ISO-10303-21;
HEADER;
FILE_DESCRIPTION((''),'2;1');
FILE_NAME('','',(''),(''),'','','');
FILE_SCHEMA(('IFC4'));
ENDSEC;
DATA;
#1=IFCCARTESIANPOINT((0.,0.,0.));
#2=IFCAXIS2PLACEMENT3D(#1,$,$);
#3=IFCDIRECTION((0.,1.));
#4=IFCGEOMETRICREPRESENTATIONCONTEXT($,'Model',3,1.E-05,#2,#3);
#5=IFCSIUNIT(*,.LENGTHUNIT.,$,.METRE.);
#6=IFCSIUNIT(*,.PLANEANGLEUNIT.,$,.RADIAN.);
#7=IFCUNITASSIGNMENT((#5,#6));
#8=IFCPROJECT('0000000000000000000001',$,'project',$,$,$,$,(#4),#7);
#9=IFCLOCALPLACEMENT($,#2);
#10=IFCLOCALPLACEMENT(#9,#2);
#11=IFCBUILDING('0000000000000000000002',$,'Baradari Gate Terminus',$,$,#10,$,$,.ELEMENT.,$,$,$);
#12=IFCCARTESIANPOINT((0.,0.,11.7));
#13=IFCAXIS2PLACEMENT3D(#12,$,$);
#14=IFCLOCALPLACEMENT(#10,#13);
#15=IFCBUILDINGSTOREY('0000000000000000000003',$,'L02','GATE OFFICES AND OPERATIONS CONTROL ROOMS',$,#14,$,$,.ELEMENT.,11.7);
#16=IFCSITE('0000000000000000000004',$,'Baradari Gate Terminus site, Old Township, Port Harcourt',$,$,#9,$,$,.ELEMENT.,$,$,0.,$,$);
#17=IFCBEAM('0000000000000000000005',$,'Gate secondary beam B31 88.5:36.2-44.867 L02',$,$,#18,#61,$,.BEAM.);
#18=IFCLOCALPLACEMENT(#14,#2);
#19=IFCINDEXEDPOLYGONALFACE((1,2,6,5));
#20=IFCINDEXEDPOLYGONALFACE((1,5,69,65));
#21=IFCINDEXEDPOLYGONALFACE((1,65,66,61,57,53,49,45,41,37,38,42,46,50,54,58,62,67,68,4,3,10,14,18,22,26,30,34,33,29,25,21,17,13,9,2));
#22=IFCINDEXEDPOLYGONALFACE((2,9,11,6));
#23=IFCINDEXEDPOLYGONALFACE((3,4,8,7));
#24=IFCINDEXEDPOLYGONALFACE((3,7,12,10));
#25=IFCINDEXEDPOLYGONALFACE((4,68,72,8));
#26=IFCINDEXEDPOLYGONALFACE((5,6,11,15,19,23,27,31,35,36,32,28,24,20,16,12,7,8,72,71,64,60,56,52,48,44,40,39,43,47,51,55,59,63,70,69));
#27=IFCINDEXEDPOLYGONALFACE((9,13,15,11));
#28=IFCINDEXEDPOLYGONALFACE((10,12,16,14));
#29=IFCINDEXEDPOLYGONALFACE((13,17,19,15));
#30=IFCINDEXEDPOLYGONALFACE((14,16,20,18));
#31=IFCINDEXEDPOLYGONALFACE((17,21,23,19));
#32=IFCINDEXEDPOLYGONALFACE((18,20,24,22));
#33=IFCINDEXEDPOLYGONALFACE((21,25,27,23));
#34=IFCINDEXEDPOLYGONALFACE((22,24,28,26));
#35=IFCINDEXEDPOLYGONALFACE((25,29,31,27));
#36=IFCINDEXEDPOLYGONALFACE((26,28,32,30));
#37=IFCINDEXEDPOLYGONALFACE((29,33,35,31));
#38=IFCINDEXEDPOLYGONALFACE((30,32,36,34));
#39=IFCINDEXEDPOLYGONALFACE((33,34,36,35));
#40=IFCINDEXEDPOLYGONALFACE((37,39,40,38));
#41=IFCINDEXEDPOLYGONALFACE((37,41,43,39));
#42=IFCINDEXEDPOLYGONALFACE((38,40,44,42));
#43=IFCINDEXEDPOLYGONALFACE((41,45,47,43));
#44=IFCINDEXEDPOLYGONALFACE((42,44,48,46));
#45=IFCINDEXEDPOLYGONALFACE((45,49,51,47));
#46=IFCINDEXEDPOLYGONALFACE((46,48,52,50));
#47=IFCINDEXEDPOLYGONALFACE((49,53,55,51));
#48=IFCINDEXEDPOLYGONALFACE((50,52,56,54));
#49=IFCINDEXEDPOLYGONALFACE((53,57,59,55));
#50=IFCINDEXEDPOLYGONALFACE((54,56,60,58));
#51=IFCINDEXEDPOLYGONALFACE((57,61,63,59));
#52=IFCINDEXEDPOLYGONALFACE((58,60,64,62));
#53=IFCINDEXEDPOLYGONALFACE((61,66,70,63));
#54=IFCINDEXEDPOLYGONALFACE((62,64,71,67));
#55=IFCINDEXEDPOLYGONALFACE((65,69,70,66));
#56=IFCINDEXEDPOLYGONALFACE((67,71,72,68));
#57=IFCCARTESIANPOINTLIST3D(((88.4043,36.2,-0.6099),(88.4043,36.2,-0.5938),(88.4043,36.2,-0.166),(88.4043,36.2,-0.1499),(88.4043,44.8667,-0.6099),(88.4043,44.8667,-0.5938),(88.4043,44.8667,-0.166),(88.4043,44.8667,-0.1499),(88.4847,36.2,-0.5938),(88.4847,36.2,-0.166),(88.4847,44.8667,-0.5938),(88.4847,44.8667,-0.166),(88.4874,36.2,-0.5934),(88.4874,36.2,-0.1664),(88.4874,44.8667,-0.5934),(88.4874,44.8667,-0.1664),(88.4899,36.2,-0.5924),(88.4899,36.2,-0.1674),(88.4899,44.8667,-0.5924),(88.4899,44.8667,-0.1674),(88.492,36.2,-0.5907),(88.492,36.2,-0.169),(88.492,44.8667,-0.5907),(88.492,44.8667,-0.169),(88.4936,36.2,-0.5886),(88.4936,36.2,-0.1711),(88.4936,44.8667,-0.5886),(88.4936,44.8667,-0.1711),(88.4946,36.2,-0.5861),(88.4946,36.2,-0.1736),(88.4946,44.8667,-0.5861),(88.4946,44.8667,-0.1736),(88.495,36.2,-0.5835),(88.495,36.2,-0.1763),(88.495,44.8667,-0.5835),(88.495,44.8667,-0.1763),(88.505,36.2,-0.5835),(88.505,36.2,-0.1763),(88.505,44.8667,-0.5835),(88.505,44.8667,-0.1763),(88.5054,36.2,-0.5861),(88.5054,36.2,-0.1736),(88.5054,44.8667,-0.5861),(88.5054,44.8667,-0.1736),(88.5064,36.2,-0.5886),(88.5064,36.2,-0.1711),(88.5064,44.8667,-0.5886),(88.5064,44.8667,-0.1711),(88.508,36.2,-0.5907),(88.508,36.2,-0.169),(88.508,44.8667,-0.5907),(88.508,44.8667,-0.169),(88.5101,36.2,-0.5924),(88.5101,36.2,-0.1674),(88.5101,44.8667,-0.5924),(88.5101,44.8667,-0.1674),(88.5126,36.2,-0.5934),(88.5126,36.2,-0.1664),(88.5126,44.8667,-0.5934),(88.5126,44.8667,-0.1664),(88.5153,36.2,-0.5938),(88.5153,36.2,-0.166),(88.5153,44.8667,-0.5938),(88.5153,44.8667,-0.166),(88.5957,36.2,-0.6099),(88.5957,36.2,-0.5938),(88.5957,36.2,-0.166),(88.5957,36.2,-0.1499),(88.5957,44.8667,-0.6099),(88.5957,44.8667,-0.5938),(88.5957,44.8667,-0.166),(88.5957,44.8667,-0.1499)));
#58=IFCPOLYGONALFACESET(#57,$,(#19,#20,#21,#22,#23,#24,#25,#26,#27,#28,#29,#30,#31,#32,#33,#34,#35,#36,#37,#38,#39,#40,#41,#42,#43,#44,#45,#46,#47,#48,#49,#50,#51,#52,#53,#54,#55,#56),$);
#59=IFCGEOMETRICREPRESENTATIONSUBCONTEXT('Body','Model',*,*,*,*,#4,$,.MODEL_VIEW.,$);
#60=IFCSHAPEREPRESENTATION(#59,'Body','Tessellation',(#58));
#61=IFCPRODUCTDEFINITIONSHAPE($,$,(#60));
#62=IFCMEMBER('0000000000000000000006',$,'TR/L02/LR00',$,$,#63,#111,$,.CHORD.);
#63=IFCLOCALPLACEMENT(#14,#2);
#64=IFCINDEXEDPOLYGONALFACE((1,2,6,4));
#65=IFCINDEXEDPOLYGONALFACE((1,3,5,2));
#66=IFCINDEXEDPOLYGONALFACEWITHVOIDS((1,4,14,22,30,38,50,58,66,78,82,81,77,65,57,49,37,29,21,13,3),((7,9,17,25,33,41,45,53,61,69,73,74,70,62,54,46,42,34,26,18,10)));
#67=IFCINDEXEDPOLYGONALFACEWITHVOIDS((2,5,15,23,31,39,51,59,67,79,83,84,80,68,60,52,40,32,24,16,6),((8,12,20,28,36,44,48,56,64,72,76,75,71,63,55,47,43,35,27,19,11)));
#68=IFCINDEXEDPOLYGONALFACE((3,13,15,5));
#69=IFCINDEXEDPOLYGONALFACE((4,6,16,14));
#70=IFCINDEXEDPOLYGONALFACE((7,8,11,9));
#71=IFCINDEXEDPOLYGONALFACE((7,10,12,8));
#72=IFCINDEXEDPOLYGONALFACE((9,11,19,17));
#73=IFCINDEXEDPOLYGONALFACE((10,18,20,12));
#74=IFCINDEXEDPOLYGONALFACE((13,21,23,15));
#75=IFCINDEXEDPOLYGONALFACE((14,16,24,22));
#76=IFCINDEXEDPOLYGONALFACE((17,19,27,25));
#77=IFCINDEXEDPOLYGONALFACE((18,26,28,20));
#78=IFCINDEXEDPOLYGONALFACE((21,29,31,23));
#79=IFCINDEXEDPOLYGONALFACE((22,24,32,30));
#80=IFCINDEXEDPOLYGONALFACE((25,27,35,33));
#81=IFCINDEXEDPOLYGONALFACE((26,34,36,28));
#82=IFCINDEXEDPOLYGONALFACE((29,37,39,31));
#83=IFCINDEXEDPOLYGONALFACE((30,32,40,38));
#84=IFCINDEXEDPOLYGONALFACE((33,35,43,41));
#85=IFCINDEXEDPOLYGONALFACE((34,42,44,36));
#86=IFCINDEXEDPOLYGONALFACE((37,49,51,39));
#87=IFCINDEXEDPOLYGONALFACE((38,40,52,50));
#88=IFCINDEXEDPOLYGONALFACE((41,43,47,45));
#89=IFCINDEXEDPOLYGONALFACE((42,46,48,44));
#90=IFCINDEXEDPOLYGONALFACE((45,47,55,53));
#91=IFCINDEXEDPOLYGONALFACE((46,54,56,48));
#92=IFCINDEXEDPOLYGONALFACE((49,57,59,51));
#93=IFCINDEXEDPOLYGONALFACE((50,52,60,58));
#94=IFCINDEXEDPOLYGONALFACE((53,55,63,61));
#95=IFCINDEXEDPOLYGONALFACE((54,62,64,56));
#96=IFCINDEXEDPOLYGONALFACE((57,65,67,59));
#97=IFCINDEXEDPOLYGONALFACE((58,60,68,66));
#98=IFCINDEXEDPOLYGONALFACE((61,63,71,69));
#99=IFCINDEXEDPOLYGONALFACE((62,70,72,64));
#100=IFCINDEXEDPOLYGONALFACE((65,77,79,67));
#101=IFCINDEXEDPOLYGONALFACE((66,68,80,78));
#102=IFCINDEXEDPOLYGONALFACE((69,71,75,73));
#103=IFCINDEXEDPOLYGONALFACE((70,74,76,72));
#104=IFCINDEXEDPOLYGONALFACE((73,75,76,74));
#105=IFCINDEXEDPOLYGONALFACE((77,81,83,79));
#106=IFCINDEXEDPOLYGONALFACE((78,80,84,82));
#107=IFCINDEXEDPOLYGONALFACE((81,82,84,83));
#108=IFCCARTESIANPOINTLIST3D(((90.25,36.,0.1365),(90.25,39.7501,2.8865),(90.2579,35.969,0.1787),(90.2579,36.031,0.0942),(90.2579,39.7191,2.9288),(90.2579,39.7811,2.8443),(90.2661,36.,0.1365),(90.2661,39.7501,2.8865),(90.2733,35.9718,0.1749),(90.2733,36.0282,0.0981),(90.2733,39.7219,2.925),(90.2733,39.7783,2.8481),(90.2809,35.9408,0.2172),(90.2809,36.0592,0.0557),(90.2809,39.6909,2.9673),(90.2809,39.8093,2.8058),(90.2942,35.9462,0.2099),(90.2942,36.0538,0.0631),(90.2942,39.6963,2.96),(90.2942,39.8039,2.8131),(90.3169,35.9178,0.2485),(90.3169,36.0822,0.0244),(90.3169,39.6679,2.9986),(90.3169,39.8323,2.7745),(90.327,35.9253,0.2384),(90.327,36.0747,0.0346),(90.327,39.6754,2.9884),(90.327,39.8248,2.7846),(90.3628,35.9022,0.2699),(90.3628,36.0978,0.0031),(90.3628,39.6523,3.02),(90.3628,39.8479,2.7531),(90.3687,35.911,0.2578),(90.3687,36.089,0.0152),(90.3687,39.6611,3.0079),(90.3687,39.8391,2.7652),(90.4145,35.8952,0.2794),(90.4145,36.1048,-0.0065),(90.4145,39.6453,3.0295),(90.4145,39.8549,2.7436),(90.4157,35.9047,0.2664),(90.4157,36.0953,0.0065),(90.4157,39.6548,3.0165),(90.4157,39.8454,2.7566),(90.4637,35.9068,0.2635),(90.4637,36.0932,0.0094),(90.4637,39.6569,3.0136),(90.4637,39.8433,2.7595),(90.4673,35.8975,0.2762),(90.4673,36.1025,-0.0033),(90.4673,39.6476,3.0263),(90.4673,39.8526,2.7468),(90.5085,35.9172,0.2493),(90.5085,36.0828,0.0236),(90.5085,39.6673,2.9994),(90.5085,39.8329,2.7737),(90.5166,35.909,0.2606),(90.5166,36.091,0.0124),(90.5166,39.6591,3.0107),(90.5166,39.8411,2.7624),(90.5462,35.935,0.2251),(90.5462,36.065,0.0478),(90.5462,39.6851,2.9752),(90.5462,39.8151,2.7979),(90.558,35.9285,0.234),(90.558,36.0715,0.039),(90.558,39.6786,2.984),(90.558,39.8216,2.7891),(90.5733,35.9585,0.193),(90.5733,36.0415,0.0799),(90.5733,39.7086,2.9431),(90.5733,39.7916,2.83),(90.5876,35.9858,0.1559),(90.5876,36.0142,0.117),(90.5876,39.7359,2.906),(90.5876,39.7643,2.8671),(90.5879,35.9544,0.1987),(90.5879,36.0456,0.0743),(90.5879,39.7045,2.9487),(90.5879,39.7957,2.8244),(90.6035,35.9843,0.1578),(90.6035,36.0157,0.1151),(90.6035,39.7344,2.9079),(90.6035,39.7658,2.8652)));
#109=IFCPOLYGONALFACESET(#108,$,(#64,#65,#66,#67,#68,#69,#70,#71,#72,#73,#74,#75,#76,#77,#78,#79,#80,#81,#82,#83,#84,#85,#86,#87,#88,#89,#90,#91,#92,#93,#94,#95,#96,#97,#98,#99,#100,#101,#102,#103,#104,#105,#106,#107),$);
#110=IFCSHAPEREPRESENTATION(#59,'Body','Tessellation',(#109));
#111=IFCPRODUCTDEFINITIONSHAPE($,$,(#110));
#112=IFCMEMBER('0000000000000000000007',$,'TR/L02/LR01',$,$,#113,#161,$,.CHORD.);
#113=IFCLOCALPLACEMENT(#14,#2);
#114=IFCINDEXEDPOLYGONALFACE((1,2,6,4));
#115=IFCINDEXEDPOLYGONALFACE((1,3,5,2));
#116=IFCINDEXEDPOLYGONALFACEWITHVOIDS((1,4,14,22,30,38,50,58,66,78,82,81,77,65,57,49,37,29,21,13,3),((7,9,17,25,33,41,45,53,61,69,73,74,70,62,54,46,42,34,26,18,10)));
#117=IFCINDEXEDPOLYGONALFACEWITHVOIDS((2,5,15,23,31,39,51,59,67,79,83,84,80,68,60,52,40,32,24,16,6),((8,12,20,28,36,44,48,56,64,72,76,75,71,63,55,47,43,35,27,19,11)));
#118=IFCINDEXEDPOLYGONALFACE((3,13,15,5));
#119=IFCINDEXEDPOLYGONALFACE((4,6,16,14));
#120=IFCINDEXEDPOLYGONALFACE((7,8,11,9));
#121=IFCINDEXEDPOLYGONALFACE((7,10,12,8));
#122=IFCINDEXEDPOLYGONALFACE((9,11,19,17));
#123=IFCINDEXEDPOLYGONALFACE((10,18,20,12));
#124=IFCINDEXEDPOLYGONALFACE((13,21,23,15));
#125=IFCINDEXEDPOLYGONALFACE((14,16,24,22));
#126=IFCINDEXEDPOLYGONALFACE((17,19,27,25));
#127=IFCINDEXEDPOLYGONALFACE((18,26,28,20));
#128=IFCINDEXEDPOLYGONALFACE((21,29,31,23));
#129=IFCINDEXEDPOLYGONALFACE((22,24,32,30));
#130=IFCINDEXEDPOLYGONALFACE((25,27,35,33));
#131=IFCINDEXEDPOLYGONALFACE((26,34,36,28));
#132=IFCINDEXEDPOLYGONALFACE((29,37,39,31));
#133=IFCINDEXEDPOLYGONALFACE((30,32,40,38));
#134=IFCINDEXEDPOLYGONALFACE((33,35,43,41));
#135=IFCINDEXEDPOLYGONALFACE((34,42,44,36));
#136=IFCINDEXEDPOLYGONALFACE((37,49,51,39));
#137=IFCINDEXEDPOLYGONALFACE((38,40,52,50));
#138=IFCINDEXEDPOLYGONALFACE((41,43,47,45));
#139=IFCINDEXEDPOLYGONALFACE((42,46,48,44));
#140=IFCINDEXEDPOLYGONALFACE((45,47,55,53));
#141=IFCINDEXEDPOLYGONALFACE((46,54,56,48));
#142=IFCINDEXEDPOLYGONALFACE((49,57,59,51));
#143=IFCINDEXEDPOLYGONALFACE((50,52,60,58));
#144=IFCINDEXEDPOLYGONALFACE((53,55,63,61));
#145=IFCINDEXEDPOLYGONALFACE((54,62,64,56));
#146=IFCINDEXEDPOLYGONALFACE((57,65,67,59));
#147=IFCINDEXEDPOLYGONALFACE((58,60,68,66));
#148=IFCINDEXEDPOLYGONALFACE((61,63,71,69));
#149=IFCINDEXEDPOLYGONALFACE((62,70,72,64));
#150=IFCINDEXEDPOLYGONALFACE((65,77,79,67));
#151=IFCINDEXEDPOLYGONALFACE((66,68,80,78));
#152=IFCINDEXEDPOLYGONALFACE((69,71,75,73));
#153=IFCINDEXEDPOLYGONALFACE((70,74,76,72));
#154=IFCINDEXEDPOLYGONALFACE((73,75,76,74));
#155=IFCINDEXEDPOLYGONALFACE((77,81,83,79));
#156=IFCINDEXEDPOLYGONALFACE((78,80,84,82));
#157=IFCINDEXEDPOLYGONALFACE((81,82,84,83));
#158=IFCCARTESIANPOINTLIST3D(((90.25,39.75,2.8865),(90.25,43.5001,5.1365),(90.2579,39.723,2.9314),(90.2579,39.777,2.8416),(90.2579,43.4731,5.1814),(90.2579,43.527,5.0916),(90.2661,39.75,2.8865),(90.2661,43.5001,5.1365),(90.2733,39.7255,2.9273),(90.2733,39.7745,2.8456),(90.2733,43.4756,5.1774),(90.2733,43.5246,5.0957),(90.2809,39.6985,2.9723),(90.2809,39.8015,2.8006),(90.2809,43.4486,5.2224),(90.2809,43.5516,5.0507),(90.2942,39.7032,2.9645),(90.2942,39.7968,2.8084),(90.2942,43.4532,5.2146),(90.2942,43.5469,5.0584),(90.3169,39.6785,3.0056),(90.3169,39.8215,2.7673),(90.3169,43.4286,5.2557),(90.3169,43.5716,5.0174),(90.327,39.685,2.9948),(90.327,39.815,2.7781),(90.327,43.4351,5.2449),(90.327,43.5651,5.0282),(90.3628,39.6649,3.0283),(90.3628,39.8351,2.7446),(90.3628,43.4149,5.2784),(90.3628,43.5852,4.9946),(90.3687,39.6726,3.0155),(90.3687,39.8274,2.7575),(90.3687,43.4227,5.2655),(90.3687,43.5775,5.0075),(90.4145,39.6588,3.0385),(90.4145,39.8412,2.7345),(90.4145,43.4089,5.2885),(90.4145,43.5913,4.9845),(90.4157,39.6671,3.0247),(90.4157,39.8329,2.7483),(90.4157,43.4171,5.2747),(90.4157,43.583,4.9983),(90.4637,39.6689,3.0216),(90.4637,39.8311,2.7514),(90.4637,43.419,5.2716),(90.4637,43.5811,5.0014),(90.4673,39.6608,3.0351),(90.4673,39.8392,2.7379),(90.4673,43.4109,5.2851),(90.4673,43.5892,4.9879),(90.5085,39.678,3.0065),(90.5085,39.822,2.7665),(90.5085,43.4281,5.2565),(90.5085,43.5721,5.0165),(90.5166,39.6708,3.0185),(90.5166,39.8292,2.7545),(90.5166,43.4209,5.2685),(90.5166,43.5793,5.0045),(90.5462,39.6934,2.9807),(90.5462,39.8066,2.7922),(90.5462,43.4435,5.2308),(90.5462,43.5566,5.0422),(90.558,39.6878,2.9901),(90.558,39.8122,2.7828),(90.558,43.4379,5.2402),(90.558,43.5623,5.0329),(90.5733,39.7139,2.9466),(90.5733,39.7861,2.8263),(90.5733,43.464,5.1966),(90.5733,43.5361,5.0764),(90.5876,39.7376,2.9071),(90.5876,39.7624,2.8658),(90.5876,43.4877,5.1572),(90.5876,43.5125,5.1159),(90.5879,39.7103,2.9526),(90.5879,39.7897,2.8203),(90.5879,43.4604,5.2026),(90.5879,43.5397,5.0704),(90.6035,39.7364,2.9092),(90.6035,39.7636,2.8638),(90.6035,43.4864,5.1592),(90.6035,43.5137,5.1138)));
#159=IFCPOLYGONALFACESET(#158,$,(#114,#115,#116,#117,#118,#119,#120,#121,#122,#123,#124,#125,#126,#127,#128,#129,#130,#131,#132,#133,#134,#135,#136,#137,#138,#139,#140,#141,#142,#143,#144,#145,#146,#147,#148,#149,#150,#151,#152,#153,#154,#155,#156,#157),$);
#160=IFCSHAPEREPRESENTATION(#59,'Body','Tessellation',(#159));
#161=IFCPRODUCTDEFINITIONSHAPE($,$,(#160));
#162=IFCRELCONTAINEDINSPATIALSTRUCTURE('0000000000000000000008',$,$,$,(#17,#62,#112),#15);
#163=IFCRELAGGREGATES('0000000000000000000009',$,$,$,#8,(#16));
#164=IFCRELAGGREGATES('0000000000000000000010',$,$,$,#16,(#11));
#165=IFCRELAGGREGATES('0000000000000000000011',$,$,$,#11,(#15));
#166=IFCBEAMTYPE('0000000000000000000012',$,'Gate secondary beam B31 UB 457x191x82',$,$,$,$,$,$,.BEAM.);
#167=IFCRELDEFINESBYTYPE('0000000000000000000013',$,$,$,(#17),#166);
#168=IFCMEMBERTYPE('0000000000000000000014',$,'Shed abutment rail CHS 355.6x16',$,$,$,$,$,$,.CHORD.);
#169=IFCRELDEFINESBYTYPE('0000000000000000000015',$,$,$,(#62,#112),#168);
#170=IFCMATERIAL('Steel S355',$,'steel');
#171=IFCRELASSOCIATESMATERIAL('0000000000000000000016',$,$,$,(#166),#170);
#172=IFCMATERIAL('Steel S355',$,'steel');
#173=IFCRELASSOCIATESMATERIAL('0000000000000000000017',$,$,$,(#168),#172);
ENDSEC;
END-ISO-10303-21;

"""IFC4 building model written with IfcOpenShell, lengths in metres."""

from ifc_helpers import new_model, si_unit, direction, frame, origin, origin_2d, place, context, subcontext, project, spatial, hollow_circle, i_section, extrude, material, material_profile, profile_set, type_object, element, save


model = new_model("IFC4")

# Units and contexts
model_context = context("Model", 3, precision=1e-05, world=origin(), true_north=direction((0.0, 1.0)))
body_context = subcontext(model_context, "Body", "Model", "MODEL_VIEW")
ifc_project = project(units=[si_unit("LENGTHUNIT", "METRE"), si_unit("PLANEANGLEUNIT", "RADIAN")], contexts=[model_context])

# Site, building, storey
site_placement = place(None, origin())
site = spatial("IfcSite", under=ifc_project, at=site_placement, Name="Baradari Gate Terminus site, Old Township, Port Harcourt", CompositionType="ELEMENT", RefElevation=0.0)
building_placement = place(site_placement, origin())
building = spatial("IfcBuilding", under=site, at=building_placement, Name="Baradari Gate Terminus", CompositionType="ELEMENT")
storey_placement = place(building_placement, frame((0.0, 0.0, 11.7)))
storey = spatial("IfcBuildingStorey", under=building, at=storey_placement, Name="L02", Description="GATE OFFICES AND OPERATIONS CONTROL ROOMS", CompositionType="ELEMENT", Elevation=11.7)

# Beam
ifc_material_1 = material(Name="Steel S355", Category="steel")
ifc_material_profile_1 = material_profile(ifc_material_1, i_section(OverallWidth=0.1914, OverallDepth=0.46, WebThickness=0.01, FlangeThickness=0.0161, FilletRadius=0.0103, at=origin_2d()), Name="UB 457x191x82")
ifc_profile_set_1 = profile_set([ifc_material_profile_1], Name="Steel S355")
beam_type = type_object("IfcBeamType", Name="Gate secondary beam B31 UB 457x191x82", PredefinedType="BEAM", material=ifc_profile_set_1)
for number, where, z_axis, x_axis, name in (
    (1, (88.5, 36.2, -0.3799), (0.0, 1.0, 0.0), (-1.0, 0.0, 0.0), "Gate secondary beam B31 88.5:36.2-44.867 L02"),
):
    element("IfcBeam", number, at=place(storey_placement, frame(where, z_axis=z_axis, x_axis=x_axis)), inside=storey, type_object=beam_type, Name=name, PredefinedType="BEAM", context=body_context, shape_type="SweptSolid", body=[
        extrude(i_section(OverallWidth=0.1914, OverallDepth=0.46, WebThickness=0.01, FlangeThickness=0.0161, FilletRadius=0.0103, at=origin_2d()), origin(), (0.0, 0.0, 1.0), 8.6667),
    ])

# Members
ifc_material_2 = material(Name="Steel S355", Category="steel")
ifc_material_profile_2 = material_profile(ifc_material_2, hollow_circle(Radius=0.1777, WallThickness=0.0161, at=origin_2d()), Name="CHS 355.6x16")
ifc_profile_set_2 = profile_set([ifc_material_profile_2], Name="Steel S355")
member_type_1 = type_object("IfcMemberType", Name="Shed abutment rail CHS 355.6x16", PredefinedType="CHORD", material=ifc_profile_set_2)
member_1_placement = place(storey_placement, frame((90.4277, 36.0, 0.1365), z_axis=(0.0, 0.806405, 0.591364), x_axis=(-1.0, 0.0, 0.0)))
element("IfcMember", 2, at=member_1_placement, inside=storey, type_object=member_type_1, Name="TR/L02/LR00", PredefinedType="CHORD", context=body_context, shape_type="SweptSolid", body=[
    extrude(hollow_circle(Radius=0.1777, WallThickness=0.0161, at=origin_2d()), origin(), (0.0, 0.0, 1.0), 4.6504),
])
member_2_placement = place(storey_placement, frame((90.4277, 39.75, 2.8865), z_axis=(0.0, 0.857493, 0.514496), x_axis=(-1.0, 0.0, 0.0)))
element("IfcMember", 3, at=member_2_placement, inside=storey, type_object=member_type_1, Name="TR/L02/LR01", PredefinedType="CHORD", context=body_context, shape_type="SweptSolid", body=[
    extrude(hollow_circle(Radius=0.1777, WallThickness=0.0161, at=origin_2d()), origin(), (0.0, 0.0, 1.0), 4.3733),
])

save(model, "model.ifc")
